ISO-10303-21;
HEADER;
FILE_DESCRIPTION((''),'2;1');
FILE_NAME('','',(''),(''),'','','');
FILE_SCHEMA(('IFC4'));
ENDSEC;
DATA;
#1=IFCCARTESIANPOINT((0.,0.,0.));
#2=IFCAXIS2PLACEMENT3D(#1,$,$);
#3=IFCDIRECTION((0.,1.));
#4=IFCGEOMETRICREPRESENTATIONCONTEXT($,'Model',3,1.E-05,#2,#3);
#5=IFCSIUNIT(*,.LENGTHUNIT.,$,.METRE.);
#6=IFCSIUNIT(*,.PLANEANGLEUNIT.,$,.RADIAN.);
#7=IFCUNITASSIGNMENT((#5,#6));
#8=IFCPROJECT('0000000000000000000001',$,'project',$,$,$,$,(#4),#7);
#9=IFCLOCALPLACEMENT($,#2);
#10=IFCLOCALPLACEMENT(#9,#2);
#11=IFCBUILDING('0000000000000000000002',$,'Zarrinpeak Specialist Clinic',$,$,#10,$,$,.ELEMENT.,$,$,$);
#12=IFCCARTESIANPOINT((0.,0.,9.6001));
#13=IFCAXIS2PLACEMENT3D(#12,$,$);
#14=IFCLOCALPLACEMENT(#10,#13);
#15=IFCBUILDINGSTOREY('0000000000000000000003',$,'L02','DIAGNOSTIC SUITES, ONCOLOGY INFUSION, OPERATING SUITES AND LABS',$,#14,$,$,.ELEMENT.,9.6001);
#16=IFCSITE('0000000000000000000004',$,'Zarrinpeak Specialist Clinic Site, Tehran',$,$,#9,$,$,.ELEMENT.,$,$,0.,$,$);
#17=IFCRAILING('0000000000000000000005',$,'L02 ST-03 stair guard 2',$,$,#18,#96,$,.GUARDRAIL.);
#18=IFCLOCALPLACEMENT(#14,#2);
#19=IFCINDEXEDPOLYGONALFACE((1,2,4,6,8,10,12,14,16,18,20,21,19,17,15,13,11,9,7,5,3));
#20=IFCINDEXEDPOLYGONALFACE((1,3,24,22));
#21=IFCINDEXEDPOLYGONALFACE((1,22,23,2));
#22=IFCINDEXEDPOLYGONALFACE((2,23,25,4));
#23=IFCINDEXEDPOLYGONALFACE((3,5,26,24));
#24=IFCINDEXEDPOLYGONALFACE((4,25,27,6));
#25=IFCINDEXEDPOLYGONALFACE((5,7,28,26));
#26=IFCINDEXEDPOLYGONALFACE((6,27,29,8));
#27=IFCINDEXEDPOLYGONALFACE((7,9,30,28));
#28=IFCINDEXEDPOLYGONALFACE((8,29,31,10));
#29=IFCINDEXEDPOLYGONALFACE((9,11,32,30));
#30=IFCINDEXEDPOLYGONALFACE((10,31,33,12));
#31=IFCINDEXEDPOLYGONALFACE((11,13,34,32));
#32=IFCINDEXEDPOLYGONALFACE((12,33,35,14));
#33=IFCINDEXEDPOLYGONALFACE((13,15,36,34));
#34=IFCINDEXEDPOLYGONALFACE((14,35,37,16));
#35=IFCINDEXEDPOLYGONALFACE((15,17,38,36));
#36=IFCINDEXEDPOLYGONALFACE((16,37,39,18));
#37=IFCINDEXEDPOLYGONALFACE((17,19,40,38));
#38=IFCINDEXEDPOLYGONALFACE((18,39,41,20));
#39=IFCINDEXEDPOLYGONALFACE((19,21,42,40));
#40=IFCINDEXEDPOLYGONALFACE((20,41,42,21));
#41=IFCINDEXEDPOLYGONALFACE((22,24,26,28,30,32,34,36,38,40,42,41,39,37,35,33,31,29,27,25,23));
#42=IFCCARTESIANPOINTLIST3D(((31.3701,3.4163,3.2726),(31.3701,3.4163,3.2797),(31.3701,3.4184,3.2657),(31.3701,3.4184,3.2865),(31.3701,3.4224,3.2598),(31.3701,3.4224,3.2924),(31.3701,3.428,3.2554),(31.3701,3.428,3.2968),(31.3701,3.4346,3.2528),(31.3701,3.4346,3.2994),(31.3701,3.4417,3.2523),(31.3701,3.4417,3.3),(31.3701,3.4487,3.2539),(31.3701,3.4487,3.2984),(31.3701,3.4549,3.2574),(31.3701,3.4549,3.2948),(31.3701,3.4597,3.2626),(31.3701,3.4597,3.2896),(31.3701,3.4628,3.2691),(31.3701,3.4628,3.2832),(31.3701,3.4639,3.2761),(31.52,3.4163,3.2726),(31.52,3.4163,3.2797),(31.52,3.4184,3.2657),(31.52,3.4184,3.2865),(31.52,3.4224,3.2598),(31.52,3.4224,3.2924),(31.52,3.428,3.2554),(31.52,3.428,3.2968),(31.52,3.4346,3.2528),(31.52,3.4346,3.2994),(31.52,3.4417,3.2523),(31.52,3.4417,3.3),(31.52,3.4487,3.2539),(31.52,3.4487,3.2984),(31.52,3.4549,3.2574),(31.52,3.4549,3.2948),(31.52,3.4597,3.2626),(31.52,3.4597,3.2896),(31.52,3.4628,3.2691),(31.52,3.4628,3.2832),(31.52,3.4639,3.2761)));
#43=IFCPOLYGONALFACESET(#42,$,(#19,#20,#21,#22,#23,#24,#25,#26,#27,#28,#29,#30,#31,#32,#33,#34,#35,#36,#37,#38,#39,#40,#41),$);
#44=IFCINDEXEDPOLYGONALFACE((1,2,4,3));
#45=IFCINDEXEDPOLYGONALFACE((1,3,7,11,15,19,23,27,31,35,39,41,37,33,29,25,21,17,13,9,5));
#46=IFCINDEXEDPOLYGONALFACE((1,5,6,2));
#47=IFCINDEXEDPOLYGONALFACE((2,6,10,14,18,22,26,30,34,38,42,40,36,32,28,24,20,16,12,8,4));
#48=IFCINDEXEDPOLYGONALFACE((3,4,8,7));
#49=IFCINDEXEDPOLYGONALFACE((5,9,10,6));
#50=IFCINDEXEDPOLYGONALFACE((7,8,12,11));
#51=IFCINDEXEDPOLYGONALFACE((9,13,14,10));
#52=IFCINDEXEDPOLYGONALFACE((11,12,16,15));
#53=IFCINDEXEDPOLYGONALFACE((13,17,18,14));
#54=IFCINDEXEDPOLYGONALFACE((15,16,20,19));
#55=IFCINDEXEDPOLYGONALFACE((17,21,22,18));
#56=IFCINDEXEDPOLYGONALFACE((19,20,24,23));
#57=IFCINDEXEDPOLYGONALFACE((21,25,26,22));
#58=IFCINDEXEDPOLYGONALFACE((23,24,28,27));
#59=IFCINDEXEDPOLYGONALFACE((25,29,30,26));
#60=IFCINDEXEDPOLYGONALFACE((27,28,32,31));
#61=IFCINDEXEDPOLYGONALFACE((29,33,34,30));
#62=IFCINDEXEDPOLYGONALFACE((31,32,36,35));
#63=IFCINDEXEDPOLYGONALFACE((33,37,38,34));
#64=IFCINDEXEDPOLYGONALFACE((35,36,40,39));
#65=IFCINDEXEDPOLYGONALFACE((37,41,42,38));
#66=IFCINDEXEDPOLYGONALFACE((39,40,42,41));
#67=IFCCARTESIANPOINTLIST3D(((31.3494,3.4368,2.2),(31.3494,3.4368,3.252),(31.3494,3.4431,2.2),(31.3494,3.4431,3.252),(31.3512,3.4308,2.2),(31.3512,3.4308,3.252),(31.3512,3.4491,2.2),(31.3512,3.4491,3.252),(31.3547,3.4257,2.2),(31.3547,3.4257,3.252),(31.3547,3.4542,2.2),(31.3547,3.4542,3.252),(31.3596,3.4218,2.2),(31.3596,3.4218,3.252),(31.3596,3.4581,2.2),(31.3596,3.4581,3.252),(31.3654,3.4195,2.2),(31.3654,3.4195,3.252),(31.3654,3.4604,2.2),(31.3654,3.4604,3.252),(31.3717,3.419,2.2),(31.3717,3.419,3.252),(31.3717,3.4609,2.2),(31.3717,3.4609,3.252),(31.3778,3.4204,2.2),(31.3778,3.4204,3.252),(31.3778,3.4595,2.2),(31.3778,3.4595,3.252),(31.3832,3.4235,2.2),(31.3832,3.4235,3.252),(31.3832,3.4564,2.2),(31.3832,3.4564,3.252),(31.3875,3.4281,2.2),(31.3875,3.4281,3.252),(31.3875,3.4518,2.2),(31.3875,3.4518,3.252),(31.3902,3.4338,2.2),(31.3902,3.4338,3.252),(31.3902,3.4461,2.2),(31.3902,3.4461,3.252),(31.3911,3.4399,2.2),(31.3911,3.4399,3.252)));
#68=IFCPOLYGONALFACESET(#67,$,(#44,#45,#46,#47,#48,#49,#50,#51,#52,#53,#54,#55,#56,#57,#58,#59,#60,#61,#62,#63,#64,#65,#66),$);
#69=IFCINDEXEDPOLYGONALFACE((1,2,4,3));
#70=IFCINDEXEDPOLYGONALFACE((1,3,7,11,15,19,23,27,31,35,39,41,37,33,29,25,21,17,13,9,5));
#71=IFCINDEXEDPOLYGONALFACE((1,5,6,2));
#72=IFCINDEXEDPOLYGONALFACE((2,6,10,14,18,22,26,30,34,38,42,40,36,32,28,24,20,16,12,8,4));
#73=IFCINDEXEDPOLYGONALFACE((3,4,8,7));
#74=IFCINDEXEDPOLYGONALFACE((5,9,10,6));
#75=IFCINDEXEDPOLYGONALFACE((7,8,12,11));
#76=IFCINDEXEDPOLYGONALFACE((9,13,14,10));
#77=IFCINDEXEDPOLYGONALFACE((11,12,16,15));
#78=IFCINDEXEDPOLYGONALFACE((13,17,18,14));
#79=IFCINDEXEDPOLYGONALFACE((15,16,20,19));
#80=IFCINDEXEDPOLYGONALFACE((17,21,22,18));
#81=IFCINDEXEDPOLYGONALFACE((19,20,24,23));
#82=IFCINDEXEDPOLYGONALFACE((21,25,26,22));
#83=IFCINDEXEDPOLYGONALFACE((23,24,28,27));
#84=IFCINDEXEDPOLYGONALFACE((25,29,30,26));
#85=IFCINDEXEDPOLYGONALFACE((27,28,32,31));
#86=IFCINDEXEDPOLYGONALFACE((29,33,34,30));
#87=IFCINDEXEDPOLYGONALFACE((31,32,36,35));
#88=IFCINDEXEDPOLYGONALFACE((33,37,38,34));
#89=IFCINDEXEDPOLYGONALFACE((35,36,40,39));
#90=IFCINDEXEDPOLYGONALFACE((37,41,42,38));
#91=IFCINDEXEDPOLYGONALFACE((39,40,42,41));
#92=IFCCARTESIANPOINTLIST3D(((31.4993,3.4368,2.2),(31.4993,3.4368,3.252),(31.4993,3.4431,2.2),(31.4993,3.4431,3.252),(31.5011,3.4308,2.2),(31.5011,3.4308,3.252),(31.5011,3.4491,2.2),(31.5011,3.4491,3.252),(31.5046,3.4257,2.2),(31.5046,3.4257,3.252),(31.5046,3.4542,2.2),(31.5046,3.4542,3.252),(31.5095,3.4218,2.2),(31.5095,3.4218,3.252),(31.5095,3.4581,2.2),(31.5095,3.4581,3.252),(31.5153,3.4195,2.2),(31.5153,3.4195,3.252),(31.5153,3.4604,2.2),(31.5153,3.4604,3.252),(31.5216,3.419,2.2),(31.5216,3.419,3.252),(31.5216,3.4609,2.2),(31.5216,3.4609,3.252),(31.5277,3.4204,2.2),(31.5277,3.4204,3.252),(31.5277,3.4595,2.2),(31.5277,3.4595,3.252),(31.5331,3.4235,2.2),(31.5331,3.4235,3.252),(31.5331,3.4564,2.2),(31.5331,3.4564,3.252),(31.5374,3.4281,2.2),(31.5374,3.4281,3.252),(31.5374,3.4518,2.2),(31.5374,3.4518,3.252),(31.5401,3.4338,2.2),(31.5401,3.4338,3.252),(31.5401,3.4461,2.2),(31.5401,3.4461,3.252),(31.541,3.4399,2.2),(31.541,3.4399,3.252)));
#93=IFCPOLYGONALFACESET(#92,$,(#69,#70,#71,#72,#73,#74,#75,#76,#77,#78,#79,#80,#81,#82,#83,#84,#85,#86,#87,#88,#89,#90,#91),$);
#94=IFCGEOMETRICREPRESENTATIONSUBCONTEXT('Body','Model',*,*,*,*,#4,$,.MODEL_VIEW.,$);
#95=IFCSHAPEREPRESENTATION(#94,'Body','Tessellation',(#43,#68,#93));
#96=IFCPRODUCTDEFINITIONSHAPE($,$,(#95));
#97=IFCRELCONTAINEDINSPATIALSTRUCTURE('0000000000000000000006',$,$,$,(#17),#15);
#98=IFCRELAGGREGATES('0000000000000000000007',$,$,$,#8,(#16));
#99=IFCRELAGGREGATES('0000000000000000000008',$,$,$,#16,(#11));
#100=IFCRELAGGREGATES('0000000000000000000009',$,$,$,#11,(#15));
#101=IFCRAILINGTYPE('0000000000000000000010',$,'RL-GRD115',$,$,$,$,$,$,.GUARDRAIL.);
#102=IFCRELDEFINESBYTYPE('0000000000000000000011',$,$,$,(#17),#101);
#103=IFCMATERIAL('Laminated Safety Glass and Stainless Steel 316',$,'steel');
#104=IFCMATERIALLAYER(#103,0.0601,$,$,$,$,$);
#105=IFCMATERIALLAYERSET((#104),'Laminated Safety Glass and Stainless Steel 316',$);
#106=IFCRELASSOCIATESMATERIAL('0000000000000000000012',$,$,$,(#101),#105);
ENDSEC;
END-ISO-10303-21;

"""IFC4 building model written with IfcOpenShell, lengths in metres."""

from ifc_helpers import new_model, si_unit, direction, frame, origin, origin_2d, place, context, subcontext, project, spatial, circle, extrude, material, layer, layer_set, type_object, element, save


model = new_model("IFC4")

# Units and contexts
model_context = context("Model", 3, precision=1e-05, world=origin(), true_north=direction((0.0, 1.0)))
body_context = subcontext(model_context, "Body", "Model", "MODEL_VIEW")
ifc_project = project(units=[si_unit("LENGTHUNIT", "METRE"), si_unit("PLANEANGLEUNIT", "RADIAN")], contexts=[model_context])

# Site, building, storey
site_placement = place(None, origin())
site = spatial("IfcSite", under=ifc_project, at=site_placement, Name="Zarrinpeak Specialist Clinic Site, Tehran", CompositionType="ELEMENT", RefElevation=0.0)
building_placement = place(site_placement, origin())
building = spatial("IfcBuilding", under=site, at=building_placement, Name="Zarrinpeak Specialist Clinic", CompositionType="ELEMENT")
storey_placement = place(building_placement, frame((0.0, 0.0, 9.6001)))
storey = spatial("IfcBuildingStorey", under=building, at=storey_placement, Name="L02", Description="DIAGNOSTIC SUITES, ONCOLOGY INFUSION, OPERATING SUITES AND LABS", CompositionType="ELEMENT", Elevation=9.6001)

# Railing
ifc_material_1 = material(Name="Laminated Safety Glass and Stainless Steel 316", Category="steel")
ifc_layer_1 = layer(ifc_material_1, 0.0601)
ifc_layer_set_1 = layer_set([ifc_layer_1], Name="Laminated Safety Glass and Stainless Steel 316")
railing_type_1 = type_object("IfcRailingType", Name="RL-GRD115", PredefinedType="GUARDRAIL", material=ifc_layer_set_1)
railing_1_placement = place(storey_placement, frame((31.3701, 3.4399, 2.2)))
element("IfcRailing", 1, at=railing_1_placement, inside=storey, type_object=railing_type_1, Name="L02 ST-03 stair guard 2", PredefinedType="GUARDRAIL", context=body_context, shape_type="SweptSolid", body=[
    extrude(circle(Radius=0.0239, at=origin_2d()), frame((0.0, 0.0, 1.0762), z_axis=(1.0, 0.0, 0.0), x_axis=(0.0, 1.0, 0.0)), (0.0, 0.0, 1.0), 0.1499),
    extrude(circle(Radius=0.021, at=origin_2d()), origin(), (0.0, 0.0, 1.0), 1.052),
    extrude(circle(Radius=0.021, at=origin_2d()), frame((0.1499, 0.0, 0.0)), (0.0, 0.0, 1.0), 1.052),
])

save(model, "model.ifc")
